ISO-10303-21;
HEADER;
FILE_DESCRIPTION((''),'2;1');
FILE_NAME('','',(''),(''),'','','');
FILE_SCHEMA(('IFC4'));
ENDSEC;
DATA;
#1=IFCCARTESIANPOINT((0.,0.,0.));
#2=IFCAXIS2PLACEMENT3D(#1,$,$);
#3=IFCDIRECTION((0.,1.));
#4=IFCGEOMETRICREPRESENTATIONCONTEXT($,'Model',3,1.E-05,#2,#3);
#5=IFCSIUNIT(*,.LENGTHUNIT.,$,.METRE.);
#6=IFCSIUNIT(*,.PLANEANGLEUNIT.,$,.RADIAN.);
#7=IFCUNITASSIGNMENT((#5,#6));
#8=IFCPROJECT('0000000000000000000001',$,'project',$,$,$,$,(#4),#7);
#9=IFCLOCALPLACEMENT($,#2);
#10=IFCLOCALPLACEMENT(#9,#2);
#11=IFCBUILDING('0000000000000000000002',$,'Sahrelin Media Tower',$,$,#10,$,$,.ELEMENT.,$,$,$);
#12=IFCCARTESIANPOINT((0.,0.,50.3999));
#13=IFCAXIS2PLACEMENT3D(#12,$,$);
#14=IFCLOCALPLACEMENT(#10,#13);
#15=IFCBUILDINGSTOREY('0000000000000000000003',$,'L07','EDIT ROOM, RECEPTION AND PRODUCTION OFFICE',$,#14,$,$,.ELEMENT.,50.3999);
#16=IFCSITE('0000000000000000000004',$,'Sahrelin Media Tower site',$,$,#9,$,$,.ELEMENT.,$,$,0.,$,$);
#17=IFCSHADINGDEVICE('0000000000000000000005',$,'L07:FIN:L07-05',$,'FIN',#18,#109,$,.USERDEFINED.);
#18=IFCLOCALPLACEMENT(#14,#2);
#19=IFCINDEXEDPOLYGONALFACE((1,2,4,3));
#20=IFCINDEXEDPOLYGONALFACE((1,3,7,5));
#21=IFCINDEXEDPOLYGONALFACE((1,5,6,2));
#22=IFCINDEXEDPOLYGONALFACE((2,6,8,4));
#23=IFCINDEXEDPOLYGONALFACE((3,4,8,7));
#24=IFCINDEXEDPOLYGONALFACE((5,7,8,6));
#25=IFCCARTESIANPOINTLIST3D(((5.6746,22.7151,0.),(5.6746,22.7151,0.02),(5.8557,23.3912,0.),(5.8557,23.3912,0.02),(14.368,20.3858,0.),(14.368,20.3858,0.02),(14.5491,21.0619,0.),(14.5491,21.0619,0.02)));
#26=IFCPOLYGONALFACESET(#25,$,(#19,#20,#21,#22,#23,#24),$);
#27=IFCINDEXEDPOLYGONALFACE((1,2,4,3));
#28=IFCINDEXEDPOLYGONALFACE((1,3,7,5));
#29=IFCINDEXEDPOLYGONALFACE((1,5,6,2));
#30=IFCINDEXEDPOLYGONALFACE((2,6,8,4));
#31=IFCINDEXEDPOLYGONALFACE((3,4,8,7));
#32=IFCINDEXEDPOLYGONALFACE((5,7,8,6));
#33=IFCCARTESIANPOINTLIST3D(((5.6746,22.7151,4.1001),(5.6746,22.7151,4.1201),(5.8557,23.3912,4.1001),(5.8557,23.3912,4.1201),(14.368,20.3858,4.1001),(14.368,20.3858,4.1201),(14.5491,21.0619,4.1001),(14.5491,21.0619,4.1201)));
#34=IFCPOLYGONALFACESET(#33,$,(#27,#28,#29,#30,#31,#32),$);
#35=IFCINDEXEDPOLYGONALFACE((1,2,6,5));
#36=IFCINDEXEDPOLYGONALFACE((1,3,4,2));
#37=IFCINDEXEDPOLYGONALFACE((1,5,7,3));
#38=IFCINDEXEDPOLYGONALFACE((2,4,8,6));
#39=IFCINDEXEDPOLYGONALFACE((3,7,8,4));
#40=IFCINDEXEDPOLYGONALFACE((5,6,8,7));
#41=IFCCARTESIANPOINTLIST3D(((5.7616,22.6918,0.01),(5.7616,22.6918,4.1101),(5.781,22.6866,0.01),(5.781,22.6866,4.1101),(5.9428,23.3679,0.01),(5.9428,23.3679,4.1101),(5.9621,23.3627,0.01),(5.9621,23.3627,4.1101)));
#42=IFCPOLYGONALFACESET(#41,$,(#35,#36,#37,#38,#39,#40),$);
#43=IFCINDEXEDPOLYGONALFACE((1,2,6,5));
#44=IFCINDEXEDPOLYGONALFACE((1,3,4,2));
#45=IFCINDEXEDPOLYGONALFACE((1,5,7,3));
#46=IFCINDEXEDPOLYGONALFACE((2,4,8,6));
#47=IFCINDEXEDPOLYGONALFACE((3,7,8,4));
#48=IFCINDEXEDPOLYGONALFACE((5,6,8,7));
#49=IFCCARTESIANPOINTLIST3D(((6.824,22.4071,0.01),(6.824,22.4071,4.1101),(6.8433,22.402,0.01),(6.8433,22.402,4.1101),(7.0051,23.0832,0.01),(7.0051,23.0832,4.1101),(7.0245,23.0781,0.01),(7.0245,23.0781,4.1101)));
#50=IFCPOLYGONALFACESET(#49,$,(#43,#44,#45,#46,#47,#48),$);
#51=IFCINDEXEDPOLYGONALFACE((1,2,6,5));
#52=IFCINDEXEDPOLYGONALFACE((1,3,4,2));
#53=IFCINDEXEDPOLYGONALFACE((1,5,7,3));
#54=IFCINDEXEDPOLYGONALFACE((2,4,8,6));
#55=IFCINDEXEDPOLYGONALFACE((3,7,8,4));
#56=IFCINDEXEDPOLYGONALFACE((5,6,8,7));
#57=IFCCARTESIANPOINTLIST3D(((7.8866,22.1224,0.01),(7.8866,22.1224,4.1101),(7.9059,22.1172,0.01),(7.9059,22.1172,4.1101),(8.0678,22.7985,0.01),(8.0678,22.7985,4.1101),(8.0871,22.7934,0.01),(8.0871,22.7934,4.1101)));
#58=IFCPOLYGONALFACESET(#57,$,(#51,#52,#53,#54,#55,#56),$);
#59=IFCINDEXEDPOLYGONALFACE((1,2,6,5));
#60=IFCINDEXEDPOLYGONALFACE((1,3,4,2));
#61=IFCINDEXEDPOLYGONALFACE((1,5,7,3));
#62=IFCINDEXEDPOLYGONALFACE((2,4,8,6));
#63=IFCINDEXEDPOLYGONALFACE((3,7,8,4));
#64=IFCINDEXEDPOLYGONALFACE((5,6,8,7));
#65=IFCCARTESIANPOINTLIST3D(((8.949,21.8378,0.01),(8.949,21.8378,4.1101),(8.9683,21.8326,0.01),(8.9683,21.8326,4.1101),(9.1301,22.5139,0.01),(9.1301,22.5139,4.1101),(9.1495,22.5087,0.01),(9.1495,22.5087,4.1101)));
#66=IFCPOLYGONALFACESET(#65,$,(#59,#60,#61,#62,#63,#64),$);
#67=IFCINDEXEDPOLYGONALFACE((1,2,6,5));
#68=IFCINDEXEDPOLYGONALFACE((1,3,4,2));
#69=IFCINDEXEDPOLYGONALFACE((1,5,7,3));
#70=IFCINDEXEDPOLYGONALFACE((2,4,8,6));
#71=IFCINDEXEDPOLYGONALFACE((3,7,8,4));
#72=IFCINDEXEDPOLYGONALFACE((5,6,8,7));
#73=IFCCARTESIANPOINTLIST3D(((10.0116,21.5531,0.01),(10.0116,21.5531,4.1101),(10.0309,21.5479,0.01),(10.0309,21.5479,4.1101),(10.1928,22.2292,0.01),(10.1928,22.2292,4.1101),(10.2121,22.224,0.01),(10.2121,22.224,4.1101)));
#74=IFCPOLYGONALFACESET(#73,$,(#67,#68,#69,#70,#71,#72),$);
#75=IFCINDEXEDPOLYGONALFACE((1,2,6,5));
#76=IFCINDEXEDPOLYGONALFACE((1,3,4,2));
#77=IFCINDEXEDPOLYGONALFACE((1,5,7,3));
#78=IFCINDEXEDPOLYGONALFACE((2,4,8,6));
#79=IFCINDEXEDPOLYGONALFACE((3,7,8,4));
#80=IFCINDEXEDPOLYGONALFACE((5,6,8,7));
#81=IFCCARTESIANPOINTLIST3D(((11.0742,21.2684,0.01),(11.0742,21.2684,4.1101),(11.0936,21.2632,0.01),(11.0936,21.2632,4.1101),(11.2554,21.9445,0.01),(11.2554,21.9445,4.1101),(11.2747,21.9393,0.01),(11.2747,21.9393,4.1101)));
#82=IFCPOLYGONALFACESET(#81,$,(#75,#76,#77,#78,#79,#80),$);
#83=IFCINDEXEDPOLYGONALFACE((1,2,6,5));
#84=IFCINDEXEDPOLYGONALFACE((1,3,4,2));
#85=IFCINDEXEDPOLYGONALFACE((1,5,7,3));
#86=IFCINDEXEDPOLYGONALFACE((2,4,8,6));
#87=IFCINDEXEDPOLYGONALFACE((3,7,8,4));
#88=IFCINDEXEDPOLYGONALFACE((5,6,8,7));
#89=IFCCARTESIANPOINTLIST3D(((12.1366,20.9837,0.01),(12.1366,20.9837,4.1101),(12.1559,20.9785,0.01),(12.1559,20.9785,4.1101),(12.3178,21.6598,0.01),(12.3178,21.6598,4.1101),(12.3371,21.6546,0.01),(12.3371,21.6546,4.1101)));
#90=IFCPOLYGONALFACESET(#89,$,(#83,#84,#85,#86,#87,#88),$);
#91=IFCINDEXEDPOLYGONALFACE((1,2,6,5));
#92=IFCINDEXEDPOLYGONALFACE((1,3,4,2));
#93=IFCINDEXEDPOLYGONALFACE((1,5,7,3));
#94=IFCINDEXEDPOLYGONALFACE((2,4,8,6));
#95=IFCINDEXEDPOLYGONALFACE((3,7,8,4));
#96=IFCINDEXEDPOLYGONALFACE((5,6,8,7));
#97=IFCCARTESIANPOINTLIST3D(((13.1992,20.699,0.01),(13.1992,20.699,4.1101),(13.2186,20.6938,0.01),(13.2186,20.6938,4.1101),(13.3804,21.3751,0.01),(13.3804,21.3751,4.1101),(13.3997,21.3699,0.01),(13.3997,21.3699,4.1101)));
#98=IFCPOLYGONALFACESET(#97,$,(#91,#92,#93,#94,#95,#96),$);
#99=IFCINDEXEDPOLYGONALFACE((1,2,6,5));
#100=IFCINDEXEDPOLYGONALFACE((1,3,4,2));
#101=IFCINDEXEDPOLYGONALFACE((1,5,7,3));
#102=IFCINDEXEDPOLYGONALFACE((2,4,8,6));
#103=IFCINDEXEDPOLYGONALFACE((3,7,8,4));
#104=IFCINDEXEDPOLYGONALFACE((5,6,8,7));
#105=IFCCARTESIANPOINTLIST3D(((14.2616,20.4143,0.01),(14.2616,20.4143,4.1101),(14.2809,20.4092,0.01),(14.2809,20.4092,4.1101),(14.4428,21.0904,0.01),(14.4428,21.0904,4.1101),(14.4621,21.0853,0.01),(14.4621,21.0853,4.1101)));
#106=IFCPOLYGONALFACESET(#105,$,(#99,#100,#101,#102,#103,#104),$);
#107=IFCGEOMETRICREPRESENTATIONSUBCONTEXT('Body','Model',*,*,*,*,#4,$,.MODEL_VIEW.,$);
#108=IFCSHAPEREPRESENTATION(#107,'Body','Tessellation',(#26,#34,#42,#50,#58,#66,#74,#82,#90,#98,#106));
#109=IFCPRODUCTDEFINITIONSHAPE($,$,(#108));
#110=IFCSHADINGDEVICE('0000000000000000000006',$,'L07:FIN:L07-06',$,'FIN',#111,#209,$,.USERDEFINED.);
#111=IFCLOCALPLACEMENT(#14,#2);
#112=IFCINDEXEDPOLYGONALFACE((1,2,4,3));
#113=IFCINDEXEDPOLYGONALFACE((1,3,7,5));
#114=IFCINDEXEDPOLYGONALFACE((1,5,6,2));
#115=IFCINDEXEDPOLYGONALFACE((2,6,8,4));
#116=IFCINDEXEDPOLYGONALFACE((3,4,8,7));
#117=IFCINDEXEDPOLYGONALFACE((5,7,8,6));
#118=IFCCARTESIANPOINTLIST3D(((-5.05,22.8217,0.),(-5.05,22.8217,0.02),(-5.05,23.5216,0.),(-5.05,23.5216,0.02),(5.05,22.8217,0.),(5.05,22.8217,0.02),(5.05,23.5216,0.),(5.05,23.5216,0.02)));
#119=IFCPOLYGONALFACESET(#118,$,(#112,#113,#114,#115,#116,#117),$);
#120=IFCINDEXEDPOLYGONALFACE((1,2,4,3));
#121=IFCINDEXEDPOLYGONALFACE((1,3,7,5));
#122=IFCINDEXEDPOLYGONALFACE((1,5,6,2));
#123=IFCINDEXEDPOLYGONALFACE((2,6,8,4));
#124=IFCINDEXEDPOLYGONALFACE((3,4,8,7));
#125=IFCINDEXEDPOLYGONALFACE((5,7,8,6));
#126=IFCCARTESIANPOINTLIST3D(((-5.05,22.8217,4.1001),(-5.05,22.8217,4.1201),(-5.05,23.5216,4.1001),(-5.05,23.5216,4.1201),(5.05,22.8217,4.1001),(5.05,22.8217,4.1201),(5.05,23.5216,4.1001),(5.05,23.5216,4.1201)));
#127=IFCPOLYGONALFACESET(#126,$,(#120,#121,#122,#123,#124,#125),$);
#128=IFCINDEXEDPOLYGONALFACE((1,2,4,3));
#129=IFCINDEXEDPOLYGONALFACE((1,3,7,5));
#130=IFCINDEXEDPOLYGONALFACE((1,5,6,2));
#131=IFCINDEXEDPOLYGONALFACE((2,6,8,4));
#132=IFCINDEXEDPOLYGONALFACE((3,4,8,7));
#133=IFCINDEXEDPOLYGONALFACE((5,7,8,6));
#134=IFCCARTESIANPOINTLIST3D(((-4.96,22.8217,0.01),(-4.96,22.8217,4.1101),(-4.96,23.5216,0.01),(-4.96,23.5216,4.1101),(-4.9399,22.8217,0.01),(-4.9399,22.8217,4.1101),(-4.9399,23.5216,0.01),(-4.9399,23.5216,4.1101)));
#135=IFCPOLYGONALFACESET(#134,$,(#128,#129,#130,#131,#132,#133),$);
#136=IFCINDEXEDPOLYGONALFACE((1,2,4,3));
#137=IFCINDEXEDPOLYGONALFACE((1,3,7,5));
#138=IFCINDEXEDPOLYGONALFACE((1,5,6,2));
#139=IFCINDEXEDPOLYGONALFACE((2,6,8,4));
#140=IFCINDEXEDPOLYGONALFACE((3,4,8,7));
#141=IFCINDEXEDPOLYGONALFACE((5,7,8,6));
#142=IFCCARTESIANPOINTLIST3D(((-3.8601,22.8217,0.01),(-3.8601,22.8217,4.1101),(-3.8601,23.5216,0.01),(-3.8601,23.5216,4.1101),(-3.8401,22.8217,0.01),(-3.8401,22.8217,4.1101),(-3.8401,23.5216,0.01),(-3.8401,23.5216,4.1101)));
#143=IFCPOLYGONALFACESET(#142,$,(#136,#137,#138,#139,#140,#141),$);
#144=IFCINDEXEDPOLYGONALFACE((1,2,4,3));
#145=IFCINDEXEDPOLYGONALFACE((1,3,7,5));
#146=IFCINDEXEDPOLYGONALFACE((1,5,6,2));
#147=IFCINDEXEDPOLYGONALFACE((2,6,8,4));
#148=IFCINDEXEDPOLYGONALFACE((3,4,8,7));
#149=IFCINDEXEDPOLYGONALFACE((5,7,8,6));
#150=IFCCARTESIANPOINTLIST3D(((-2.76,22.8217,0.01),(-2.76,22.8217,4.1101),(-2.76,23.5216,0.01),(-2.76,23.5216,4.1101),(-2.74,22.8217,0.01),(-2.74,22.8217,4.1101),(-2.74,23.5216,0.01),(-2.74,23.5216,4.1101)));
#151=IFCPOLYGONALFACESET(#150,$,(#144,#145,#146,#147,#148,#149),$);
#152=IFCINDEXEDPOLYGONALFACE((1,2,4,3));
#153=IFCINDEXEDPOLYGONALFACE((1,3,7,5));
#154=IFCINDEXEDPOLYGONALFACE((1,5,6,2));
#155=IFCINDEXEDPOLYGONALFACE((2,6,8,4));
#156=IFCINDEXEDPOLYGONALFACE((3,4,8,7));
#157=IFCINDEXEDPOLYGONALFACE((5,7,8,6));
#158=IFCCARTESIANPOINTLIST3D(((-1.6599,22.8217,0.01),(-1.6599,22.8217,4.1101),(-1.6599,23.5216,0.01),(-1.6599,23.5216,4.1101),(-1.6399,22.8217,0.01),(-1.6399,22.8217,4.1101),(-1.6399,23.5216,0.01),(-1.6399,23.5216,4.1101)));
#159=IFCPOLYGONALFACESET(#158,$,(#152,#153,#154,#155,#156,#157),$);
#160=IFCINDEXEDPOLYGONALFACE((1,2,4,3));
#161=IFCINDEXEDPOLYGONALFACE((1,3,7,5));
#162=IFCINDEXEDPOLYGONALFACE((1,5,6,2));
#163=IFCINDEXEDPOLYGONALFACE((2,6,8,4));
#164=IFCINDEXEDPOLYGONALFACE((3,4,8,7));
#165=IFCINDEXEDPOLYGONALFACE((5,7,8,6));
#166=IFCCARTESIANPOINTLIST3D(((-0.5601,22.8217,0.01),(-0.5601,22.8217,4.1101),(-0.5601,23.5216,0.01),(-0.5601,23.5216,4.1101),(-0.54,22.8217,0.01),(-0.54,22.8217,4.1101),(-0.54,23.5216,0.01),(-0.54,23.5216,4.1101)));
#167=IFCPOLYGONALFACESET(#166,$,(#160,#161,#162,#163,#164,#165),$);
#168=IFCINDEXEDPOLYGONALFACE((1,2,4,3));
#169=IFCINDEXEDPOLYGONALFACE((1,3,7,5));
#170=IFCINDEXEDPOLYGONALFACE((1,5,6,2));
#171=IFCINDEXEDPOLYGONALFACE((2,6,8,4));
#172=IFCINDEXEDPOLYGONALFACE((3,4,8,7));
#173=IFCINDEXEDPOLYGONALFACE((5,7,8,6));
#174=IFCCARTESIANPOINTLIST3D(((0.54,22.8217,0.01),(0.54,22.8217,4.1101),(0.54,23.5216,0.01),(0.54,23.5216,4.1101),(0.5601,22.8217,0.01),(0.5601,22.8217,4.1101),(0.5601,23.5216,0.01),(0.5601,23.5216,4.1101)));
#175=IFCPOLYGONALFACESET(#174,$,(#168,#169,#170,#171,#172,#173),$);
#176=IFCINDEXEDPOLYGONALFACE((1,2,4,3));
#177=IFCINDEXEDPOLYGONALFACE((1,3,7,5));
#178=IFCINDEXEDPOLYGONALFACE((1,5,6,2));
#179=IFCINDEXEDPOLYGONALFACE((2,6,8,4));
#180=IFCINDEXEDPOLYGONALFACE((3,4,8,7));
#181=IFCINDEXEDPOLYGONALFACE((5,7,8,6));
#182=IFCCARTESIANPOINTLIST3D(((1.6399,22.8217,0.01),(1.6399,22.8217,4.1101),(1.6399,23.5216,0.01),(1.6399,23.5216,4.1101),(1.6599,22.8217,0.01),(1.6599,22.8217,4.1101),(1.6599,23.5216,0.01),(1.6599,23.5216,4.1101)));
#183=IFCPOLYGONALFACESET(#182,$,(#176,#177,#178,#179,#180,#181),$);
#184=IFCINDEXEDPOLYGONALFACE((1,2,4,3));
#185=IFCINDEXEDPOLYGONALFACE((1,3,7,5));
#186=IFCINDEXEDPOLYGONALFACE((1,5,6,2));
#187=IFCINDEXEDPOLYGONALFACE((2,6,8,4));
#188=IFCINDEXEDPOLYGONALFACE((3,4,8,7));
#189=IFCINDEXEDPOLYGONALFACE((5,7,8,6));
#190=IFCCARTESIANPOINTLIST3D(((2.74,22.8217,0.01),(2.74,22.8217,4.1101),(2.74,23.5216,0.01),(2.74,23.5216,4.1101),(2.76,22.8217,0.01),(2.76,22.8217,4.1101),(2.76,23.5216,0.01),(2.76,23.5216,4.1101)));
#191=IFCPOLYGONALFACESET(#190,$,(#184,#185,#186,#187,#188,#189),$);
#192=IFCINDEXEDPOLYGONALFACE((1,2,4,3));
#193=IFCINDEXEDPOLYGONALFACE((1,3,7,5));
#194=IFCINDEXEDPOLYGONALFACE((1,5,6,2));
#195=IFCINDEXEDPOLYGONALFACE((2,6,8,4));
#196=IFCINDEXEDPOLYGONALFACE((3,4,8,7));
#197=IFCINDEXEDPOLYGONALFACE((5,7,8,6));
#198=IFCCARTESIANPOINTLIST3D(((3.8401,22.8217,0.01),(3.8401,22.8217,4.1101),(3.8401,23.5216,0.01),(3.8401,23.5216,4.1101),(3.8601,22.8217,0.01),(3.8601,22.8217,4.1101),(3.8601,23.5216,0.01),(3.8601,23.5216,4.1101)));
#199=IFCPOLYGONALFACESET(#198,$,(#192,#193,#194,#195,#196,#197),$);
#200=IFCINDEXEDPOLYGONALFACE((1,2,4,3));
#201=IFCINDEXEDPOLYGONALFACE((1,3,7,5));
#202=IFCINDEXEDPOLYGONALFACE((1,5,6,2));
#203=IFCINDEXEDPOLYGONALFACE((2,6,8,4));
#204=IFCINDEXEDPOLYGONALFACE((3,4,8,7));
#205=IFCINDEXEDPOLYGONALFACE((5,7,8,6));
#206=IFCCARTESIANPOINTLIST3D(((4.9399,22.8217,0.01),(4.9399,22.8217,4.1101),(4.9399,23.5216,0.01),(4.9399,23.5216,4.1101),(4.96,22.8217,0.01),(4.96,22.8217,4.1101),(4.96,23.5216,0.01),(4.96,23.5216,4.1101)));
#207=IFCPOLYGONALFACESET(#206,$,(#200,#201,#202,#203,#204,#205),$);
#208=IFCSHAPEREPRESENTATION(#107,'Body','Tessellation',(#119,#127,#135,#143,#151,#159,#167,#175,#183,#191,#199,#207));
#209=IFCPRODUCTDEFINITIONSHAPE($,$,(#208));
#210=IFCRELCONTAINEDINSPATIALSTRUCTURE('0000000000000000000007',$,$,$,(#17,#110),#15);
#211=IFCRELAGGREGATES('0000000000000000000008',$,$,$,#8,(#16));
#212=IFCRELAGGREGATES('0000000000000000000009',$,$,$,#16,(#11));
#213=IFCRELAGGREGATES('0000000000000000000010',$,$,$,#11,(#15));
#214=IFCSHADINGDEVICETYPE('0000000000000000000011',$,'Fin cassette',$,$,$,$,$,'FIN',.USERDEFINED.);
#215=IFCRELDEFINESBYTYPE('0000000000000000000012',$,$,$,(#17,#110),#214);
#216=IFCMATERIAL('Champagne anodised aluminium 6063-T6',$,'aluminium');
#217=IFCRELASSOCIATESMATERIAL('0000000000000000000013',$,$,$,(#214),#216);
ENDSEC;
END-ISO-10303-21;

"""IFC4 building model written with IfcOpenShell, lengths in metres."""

from ifc_helpers import new_model, si_unit, direction, frame, origin, origin_2d, place, context, subcontext, project, spatial, rectangle, extrude, material, type_object, element, save


model = new_model("IFC4")

# Units and contexts
model_context = context("Model", 3, precision=1e-05, world=origin(), true_north=direction((0.0, 1.0)))
body_context = subcontext(model_context, "Body", "Model", "MODEL_VIEW")
ifc_project = project(units=[si_unit("LENGTHUNIT", "METRE"), si_unit("PLANEANGLEUNIT", "RADIAN")], contexts=[model_context])

# Site, building, storey
site_placement = place(None, origin())
site = spatial("IfcSite", under=ifc_project, at=site_placement, Name="Sahrelin Media Tower site", CompositionType="ELEMENT", RefElevation=0.0)
building_placement = place(site_placement, origin())
building = spatial("IfcBuilding", under=site, at=building_placement, Name="Sahrelin Media Tower", CompositionType="ELEMENT")
storey_placement = place(building_placement, frame((0.0, 0.0, 50.3999)))
storey = spatial("IfcBuildingStorey", under=building, at=storey_placement, Name="L07", Description="EDIT ROOM, RECEPTION AND PRODUCTION OFFICE", CompositionType="ELEMENT", Elevation=50.3999)

# Shared definitions
ifc_material_1 = material(Name="Champagne anodised aluminium 6063-T6", Category="aluminium")

# Shared definitions
placement_1 = place(storey_placement, frame((0.0, 22.7517, 0.0), z_axis=(0.0, 0.0, 1.0), x_axis=(1.0, 0.0, 0.0)))

# Shading devices
shading_device_type_1 = type_object("IfcShadingDeviceType", Name="Fin cassette", ElementType="FIN", PredefinedType="USERDEFINED", material=ifc_material_1)
placement_2 = place(storey_placement, frame((10.0032, 21.4829, 0.0), z_axis=(0.0, 0.0, 1.0), x_axis=(0.965929, -0.258808, 0.0)))
element("IfcShadingDevice", 1, at=placement_2, inside=storey, type_object=shading_device_type_1, Name="L07:FIN:L07-05", ObjectType="FIN", PredefinedType="USERDEFINED", context=body_context, shape_type="SweptSolid", body=[
    extrude(rectangle(XDim=9.0, YDim=0.7, at=origin_2d()), frame((0.0, 0.4199, 0.0)), (0.0, 0.0, 1.0), 0.02),
    extrude(rectangle(XDim=9.0, YDim=0.7, at=origin_2d()), frame((0.0, 0.4199, 4.1001)), (0.0, 0.0, 1.0), 0.02),
    extrude(rectangle(XDim=0.02, YDim=0.7, at=origin_2d()), frame((-4.3999, 0.4199, 0.01), z_axis=(0.0, 0.0, 1.0), x_axis=(1.0, 0.0, 0.0)), (0.0, 0.0, 1.0), 4.1001),
    extrude(rectangle(XDim=0.02, YDim=0.7, at=origin_2d()), frame((-3.3, 0.4199, 0.01), z_axis=(0.0, 0.0, 1.0), x_axis=(1.0, 0.0, 0.0)), (0.0, 0.0, 1.0), 4.1001),
    extrude(rectangle(XDim=0.02, YDim=0.7, at=origin_2d()), frame((-2.2, 0.4199, 0.01), z_axis=(0.0, 0.0, 1.0), x_axis=(1.0, 0.0, 0.0)), (0.0, 0.0, 1.0), 4.1001),
    extrude(rectangle(XDim=0.02, YDim=0.7, at=origin_2d()), frame((-1.1001, 0.4199, 0.01), z_axis=(0.0, 0.0, 1.0), x_axis=(1.0, 0.0, 0.0)), (0.0, 0.0, 1.0), 4.1001),
    extrude(rectangle(XDim=0.02, YDim=0.7, at=origin_2d()), frame((0.0, 0.4199, 0.01), z_axis=(0.0, 0.0, 1.0), x_axis=(1.0, 0.0, 0.0)), (0.0, 0.0, 1.0), 4.1001),
    extrude(rectangle(XDim=0.02, YDim=0.7, at=origin_2d()), frame((1.1001, 0.4199, 0.01), z_axis=(0.0, 0.0, 1.0), x_axis=(1.0, 0.0, 0.0)), (0.0, 0.0, 1.0), 4.1001),
    extrude(rectangle(XDim=0.02, YDim=0.7, at=origin_2d()), frame((2.2, 0.4199, 0.01), z_axis=(0.0, 0.0, 1.0), x_axis=(1.0, 0.0, 0.0)), (0.0, 0.0, 1.0), 4.1001),
    extrude(rectangle(XDim=0.02, YDim=0.7, at=origin_2d()), frame((3.3, 0.4199, 0.01), z_axis=(0.0, 0.0, 1.0), x_axis=(1.0, 0.0, 0.0)), (0.0, 0.0, 1.0), 4.1001),
    extrude(rectangle(XDim=0.02, YDim=0.7, at=origin_2d()), frame((4.3999, 0.4199, 0.01), z_axis=(0.0, 0.0, 1.0), x_axis=(1.0, 0.0, 0.0)), (0.0, 0.0, 1.0), 4.1001),
])
element("IfcShadingDevice", 2, at=placement_1, inside=storey, type_object=shading_device_type_1, Name="L07:FIN:L07-06", ObjectType="FIN", PredefinedType="USERDEFINED", context=body_context, shape_type="SweptSolid", body=[
    extrude(rectangle(XDim=10.1001, YDim=0.7, at=origin_2d()), frame((0.0, 0.4199, 0.0)), (0.0, 0.0, 1.0), 0.02),
    extrude(rectangle(XDim=10.1001, YDim=0.7, at=origin_2d()), frame((0.0, 0.4199, 4.1001)), (0.0, 0.0, 1.0), 0.02),
    extrude(rectangle(XDim=0.02, YDim=0.7, at=origin_2d()), frame((-4.95, 0.4199, 0.01), z_axis=(0.0, 0.0, 1.0), x_axis=(1.0, 0.0, 0.0)), (0.0, 0.0, 1.0), 4.1001),
    extrude(rectangle(XDim=0.02, YDim=0.7, at=origin_2d()), frame((-3.8501, 0.4199, 0.01), z_axis=(0.0, 0.0, 1.0), x_axis=(1.0, 0.0, 0.0)), (0.0, 0.0, 1.0), 4.1001),
    extrude(rectangle(XDim=0.02, YDim=0.7, at=origin_2d()), frame((-2.75, 0.4199, 0.01), z_axis=(0.0, 0.0, 1.0), x_axis=(1.0, 0.0, 0.0)), (0.0, 0.0, 1.0), 4.1001),
    extrude(rectangle(XDim=0.02, YDim=0.7, at=origin_2d()), frame((-1.6499, 0.4199, 0.01), z_axis=(0.0, 0.0, 1.0), x_axis=(1.0, 0.0, 0.0)), (0.0, 0.0, 1.0), 4.1001),
    extrude(rectangle(XDim=0.02, YDim=0.7, at=origin_2d()), frame((-0.55, 0.4199, 0.01), z_axis=(0.0, 0.0, 1.0), x_axis=(1.0, 0.0, 0.0)), (0.0, 0.0, 1.0), 4.1001),
    extrude(rectangle(XDim=0.02, YDim=0.7, at=origin_2d()), frame((0.55, 0.4199, 0.01), z_axis=(0.0, 0.0, 1.0), x_axis=(1.0, 0.0, 0.0)), (0.0, 0.0, 1.0), 4.1001),
    extrude(rectangle(XDim=0.02, YDim=0.7, at=origin_2d()), frame((1.6499, 0.4199, 0.01), z_axis=(0.0, 0.0, 1.0), x_axis=(1.0, 0.0, 0.0)), (0.0, 0.0, 1.0), 4.1001),
    extrude(rectangle(XDim=0.02, YDim=0.7, at=origin_2d()), frame((2.75, 0.4199, 0.01), z_axis=(0.0, 0.0, 1.0), x_axis=(1.0, 0.0, 0.0)), (0.0, 0.0, 1.0), 4.1001),
    extrude(rectangle(XDim=0.02, YDim=0.7, at=origin_2d()), frame((3.8501, 0.4199, 0.01), z_axis=(0.0, 0.0, 1.0), x_axis=(1.0, 0.0, 0.0)), (0.0, 0.0, 1.0), 4.1001),
    extrude(rectangle(XDim=0.02, YDim=0.7, at=origin_2d()), frame((4.95, 0.4199, 0.01), z_axis=(0.0, 0.0, 1.0), x_axis=(1.0, 0.0, 0.0)), (0.0, 0.0, 1.0), 4.1001),
])

save(model, "model.ifc")
